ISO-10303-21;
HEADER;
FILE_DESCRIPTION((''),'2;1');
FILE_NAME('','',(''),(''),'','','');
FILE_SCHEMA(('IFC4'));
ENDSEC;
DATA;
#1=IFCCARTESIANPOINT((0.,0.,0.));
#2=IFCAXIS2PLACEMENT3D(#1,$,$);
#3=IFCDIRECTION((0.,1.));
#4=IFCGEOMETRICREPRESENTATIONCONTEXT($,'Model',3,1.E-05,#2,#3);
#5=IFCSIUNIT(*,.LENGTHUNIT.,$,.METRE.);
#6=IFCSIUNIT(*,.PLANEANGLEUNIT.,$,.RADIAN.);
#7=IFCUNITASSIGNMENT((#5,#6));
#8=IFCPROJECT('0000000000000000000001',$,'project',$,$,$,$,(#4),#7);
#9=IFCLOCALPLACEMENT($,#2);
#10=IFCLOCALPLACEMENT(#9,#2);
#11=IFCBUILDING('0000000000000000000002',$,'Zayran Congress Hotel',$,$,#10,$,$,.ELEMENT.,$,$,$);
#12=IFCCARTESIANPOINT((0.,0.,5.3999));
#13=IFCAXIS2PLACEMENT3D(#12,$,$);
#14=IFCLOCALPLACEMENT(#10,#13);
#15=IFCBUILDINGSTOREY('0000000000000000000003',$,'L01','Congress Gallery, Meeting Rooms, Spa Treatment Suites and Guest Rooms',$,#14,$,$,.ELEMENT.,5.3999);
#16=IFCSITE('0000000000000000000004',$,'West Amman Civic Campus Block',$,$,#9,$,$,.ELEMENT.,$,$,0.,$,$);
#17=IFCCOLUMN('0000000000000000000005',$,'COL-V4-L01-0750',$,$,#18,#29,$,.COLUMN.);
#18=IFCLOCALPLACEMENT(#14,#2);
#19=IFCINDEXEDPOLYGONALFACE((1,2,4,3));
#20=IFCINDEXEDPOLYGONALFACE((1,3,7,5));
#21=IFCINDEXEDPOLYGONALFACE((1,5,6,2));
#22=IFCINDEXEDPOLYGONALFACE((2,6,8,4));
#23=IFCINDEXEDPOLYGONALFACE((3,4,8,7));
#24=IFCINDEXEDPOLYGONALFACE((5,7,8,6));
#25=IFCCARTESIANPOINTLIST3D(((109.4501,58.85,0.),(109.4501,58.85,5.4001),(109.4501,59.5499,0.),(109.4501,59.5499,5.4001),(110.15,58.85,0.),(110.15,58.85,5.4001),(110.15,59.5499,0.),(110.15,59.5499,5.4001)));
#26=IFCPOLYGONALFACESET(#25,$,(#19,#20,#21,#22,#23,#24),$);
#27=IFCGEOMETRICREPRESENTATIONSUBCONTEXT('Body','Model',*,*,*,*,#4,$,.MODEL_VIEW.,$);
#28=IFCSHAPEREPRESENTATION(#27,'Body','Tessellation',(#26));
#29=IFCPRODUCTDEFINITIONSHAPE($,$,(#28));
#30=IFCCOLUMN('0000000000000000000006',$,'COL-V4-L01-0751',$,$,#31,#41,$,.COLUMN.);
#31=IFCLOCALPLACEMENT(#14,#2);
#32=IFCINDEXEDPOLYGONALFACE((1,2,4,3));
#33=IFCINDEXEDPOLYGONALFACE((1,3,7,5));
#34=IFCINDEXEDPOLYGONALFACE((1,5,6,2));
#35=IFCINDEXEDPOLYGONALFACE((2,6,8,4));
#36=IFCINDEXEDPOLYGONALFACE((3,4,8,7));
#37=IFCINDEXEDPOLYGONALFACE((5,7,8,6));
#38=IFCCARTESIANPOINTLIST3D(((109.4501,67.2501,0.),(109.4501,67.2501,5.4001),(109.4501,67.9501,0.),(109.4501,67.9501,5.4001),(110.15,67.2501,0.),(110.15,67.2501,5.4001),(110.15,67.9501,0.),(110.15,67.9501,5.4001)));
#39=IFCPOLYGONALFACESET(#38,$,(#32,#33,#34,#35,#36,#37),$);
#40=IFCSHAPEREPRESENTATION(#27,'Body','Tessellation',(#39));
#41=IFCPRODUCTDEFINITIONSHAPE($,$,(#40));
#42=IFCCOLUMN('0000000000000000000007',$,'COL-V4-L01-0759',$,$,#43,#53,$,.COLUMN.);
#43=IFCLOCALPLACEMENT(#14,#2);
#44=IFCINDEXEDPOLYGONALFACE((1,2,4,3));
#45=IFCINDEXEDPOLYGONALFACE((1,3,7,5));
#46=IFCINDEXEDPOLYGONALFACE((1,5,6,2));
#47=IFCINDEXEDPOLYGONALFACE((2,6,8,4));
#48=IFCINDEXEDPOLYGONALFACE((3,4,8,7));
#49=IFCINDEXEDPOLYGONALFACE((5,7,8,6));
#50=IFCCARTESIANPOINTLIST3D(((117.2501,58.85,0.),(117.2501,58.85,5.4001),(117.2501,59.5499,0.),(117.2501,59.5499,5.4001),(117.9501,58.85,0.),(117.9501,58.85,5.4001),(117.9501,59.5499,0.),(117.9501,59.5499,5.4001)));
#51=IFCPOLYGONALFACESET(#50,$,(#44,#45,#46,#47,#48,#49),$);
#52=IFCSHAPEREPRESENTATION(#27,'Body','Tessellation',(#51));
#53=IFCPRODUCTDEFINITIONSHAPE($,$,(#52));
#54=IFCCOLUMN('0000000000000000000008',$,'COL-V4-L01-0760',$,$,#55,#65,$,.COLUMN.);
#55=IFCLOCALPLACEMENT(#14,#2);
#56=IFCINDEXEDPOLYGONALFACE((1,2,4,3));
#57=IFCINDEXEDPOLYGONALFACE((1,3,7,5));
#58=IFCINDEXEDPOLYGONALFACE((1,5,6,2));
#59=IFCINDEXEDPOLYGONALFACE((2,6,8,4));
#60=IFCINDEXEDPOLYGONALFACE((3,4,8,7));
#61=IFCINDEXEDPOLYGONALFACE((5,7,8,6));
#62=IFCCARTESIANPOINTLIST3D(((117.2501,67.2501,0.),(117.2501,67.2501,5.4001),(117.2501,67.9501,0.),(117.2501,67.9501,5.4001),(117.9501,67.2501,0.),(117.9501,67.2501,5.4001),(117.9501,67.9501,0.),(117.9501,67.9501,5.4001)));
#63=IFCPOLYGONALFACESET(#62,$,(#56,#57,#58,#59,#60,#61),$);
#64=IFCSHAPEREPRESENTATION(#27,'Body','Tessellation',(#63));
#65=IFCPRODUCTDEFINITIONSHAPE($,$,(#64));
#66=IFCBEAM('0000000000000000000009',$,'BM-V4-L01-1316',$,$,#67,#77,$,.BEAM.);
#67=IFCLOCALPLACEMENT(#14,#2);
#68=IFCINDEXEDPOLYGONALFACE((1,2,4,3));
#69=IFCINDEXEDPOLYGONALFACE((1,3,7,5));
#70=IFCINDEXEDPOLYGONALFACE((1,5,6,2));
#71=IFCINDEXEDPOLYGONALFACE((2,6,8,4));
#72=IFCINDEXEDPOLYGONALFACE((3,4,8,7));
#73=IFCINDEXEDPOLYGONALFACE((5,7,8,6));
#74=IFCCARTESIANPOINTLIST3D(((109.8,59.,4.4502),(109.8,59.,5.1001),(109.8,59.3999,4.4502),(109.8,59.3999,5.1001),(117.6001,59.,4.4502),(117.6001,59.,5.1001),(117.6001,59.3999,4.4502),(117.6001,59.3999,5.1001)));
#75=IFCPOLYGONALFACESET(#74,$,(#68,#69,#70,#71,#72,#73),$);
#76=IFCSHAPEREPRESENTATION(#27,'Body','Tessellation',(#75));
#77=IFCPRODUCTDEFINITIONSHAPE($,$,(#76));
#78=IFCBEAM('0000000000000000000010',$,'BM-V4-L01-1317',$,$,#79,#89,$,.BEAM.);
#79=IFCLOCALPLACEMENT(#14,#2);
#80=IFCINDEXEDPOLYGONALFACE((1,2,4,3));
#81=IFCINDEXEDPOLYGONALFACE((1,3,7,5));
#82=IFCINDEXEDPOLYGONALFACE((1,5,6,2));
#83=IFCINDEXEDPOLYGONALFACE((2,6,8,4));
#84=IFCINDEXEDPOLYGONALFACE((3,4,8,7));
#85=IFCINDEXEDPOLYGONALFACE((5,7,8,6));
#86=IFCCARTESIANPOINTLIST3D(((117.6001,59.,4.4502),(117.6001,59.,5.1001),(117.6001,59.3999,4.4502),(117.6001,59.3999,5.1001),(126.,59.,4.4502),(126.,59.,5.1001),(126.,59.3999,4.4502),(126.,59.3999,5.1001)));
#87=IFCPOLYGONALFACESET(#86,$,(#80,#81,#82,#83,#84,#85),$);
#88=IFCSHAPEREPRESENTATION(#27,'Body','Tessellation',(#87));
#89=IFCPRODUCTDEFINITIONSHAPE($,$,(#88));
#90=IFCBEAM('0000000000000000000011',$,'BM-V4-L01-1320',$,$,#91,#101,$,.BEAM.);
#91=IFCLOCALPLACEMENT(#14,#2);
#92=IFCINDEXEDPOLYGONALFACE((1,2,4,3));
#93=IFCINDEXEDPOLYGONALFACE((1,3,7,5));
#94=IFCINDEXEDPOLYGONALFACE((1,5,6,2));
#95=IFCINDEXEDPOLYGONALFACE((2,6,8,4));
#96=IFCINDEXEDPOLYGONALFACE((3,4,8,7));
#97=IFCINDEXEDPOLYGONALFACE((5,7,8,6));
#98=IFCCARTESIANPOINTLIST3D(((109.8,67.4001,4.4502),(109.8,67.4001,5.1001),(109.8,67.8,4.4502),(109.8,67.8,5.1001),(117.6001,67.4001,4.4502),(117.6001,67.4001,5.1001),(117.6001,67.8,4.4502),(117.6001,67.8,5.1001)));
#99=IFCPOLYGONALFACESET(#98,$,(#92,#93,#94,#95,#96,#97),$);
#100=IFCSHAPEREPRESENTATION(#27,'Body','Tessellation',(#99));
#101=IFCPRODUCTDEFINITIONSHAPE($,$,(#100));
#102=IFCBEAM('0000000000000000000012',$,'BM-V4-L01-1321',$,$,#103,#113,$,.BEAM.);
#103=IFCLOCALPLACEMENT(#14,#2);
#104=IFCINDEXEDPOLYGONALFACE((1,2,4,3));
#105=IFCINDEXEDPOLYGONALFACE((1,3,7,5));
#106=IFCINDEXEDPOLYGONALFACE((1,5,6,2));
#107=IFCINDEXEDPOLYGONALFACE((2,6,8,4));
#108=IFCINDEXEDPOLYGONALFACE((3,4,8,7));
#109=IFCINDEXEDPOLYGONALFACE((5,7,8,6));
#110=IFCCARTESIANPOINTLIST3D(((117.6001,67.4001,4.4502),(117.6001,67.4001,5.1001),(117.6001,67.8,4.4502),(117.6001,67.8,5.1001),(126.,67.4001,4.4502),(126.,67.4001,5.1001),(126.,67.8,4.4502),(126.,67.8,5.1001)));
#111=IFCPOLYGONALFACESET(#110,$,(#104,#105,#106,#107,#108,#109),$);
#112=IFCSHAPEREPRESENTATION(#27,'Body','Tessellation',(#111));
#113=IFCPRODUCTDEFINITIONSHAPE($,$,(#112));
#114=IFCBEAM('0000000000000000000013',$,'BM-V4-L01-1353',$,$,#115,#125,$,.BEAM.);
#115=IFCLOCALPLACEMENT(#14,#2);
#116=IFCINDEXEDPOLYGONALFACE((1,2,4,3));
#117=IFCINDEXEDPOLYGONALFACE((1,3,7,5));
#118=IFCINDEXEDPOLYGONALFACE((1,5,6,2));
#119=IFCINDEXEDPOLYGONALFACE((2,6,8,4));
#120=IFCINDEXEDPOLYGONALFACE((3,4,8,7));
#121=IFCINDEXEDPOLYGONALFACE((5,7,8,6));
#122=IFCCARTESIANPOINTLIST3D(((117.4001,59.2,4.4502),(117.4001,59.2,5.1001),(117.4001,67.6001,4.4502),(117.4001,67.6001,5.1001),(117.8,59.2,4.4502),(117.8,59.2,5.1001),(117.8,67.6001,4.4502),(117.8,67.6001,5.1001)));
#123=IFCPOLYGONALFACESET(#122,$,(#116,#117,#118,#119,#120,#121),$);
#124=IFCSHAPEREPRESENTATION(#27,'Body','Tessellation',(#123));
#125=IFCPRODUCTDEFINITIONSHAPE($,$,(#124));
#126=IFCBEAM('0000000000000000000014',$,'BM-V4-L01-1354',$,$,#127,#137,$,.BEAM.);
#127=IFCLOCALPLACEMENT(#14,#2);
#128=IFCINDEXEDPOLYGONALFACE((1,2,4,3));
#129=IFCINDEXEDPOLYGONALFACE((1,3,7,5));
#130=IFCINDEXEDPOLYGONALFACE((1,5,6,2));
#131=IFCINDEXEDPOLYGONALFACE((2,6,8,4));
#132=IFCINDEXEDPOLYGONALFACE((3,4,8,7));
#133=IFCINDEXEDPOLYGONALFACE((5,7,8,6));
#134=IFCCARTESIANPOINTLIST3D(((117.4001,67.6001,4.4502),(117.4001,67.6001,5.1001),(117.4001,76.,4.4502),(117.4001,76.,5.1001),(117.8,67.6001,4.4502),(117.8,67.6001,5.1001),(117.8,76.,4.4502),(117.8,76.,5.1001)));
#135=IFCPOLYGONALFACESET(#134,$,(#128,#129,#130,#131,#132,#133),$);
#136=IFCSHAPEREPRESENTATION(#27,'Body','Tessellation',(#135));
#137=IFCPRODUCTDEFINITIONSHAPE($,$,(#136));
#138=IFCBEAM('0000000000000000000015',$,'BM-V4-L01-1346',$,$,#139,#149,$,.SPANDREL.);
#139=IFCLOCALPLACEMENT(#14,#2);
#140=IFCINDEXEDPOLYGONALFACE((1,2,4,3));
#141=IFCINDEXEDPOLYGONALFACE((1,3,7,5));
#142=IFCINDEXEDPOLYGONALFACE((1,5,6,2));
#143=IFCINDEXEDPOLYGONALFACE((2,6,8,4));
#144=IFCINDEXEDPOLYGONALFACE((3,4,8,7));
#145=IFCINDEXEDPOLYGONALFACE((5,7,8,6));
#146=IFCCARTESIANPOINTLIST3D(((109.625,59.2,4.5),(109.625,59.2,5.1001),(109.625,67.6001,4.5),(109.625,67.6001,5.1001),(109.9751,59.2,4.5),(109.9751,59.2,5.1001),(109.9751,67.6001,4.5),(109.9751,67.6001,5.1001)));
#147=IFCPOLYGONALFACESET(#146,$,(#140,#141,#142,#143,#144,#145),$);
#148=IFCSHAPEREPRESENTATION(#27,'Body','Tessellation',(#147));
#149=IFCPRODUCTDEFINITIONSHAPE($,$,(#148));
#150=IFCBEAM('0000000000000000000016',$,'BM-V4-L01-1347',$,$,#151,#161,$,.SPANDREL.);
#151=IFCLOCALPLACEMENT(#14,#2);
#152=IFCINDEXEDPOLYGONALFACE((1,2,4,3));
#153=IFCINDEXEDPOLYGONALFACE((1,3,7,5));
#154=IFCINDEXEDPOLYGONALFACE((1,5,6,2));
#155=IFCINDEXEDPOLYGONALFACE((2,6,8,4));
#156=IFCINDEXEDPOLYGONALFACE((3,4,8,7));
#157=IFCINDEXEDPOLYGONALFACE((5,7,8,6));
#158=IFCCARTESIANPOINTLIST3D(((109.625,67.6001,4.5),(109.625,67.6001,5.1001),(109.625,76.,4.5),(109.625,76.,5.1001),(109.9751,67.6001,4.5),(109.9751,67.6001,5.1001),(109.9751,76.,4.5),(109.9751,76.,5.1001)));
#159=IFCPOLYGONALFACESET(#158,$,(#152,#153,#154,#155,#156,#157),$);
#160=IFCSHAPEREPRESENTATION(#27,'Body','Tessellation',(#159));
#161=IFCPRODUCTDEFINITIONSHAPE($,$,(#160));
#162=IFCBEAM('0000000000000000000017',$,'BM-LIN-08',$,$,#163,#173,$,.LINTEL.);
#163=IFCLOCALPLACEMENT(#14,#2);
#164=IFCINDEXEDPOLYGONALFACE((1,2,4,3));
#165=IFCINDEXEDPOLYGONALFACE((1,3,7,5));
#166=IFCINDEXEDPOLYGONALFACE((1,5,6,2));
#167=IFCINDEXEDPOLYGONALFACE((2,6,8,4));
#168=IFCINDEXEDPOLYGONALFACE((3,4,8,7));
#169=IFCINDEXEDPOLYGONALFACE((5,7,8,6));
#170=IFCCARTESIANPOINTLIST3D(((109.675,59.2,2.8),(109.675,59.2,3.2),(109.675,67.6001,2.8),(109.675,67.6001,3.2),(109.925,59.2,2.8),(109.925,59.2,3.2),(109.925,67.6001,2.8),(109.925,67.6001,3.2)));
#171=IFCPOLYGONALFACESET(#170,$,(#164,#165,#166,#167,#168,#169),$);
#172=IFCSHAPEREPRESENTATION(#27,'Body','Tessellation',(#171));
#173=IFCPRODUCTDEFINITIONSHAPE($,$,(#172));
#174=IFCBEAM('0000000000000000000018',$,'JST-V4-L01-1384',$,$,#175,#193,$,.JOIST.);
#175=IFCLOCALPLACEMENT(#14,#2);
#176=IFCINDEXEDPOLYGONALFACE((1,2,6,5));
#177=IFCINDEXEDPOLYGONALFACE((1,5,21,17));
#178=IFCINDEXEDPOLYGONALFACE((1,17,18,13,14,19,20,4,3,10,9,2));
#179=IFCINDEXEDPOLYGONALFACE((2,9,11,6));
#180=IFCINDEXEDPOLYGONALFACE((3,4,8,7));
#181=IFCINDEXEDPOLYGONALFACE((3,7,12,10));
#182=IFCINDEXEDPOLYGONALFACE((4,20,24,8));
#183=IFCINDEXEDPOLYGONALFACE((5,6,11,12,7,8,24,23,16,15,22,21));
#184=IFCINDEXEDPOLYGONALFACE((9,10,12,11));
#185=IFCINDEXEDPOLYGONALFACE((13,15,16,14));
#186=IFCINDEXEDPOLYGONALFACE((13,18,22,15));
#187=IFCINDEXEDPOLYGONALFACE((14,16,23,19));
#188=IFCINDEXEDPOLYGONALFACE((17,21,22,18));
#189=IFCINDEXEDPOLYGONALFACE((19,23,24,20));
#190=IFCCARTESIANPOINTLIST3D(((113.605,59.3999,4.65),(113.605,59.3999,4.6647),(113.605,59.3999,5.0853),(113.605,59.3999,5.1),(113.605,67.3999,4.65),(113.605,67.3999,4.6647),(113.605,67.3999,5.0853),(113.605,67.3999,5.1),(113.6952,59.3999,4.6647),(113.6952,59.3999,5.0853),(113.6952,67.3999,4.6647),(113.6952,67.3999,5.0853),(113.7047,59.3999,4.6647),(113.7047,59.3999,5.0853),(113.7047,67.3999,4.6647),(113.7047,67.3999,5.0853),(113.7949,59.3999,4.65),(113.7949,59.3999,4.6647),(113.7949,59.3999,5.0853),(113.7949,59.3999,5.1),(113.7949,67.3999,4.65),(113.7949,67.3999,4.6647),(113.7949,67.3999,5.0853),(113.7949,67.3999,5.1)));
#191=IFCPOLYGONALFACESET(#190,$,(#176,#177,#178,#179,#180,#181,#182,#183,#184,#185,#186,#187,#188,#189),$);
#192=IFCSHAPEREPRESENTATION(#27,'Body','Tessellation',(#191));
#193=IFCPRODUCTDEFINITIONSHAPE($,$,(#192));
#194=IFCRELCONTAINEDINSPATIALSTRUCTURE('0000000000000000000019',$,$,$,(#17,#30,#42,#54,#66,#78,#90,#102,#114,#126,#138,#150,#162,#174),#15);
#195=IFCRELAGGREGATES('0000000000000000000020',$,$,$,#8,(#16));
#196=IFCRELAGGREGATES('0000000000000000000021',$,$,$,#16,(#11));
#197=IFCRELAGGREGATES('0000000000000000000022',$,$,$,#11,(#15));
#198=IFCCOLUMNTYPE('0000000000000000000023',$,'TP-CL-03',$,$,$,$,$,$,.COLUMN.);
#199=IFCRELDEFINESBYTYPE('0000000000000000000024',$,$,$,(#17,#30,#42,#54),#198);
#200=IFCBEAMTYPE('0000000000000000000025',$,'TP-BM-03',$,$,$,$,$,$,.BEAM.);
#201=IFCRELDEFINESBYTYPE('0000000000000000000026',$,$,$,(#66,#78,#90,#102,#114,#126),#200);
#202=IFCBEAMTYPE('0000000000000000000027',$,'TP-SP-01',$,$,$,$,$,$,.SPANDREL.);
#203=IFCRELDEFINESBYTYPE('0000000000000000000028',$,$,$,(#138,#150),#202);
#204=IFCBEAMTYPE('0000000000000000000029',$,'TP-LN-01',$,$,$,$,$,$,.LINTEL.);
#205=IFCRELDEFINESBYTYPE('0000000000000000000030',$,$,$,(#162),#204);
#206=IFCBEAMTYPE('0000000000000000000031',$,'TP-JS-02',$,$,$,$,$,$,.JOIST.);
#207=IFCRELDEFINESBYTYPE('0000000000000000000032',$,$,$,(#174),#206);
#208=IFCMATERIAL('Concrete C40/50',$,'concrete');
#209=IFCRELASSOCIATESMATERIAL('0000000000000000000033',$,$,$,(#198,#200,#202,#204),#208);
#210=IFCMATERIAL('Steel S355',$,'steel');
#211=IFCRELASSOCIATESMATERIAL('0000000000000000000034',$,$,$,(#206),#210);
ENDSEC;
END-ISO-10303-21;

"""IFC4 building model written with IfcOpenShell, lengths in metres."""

from ifc_helpers import new_model, si_unit, direction, frame, origin, origin_2d, place, context, subcontext, project, spatial, rectangle, i_section, extrude, material, material_profile, profile_set, type_object, element, save


model = new_model("IFC4")

# Units and contexts
model_context = context("Model", 3, precision=1e-05, world=origin(), true_north=direction((0.0, 1.0)))
body_context = subcontext(model_context, "Body", "Model", "MODEL_VIEW")
ifc_project = project(units=[si_unit("LENGTHUNIT", "METRE"), si_unit("PLANEANGLEUNIT", "RADIAN")], contexts=[model_context])

# Site, building, storey
site_placement = place(None, origin())
site = spatial("IfcSite", under=ifc_project, at=site_placement, Name="West Amman Civic Campus Block", CompositionType="ELEMENT", RefElevation=0.0)
building_placement = place(site_placement, origin())
building = spatial("IfcBuilding", under=site, at=building_placement, Name="Zayran Congress Hotel", CompositionType="ELEMENT")
storey_placement = place(building_placement, frame((0.0, 0.0, 5.3999)))
storey = spatial("IfcBuildingStorey", under=building, at=storey_placement, Name="L01", Description="Congress Gallery, Meeting Rooms, Spa Treatment Suites and Guest Rooms", CompositionType="ELEMENT", Elevation=5.3999)

# Columns
ifc_material_1 = material(Name="Concrete C40/50", Category="concrete")
ifc_material_profile_1 = material_profile(ifc_material_1, rectangle(XDim=0.7, YDim=0.7, at=origin_2d()), Name="RC 700x700")
ifc_profile_set_1 = profile_set([ifc_material_profile_1], Name="Concrete C40/50")
column_type = type_object("IfcColumnType", Name="TP-CL-03", PredefinedType="COLUMN", material=ifc_profile_set_1)
for number, where, z_axis, x_axis, name in (
    (1, (109.8, 59.2, 0.0), (0.0, 0.0, 1.0), (1.0, 0.0, 0.0), "COL-V4-L01-0750"),
    (2, (109.8, 67.6001, 0.0), (0.0, 0.0, 1.0), (1.0, 0.0, 0.0), "COL-V4-L01-0751"),
    (3, (117.6001, 59.2, 0.0), (0.0, 0.0, 1.0), (1.0, 0.0, 0.0), "COL-V4-L01-0759"),
    (4, (117.6001, 67.6001, 0.0), (0.0, 0.0, 1.0), (1.0, 0.0, 0.0), "COL-V4-L01-0760"),
):
    element("IfcColumn", number, at=place(storey_placement, frame(where, z_axis=z_axis, x_axis=x_axis)), inside=storey, type_object=column_type, Name=name, PredefinedType="COLUMN", context=body_context, shape_type="SweptSolid", body=[
        extrude(rectangle(XDim=0.7, YDim=0.7, at=origin_2d()), origin(), (0.0, 0.0, 1.0), 5.4001),
    ])

# Beams
ifc_material_profile_2 = material_profile(ifc_material_1, rectangle(XDim=0.3999, YDim=0.6499, at=origin_2d()), Name="RC 400x650")
ifc_profile_set_2 = profile_set([ifc_material_profile_2], Name="Concrete C40/50")
beam_type_1 = type_object("IfcBeamType", Name="TP-BM-03", PredefinedType="BEAM", material=ifc_profile_set_2)
beam_1_placement = place(storey_placement, frame((109.8, 59.2, 4.7751), z_axis=(1.0, 0.0, 0.0), x_axis=(0.0, 1.0, 0.0)))
element("IfcBeam", 5, at=beam_1_placement, inside=storey, type_object=beam_type_1, Name="BM-V4-L01-1316", PredefinedType="BEAM", context=body_context, shape_type="SweptSolid", body=[
    extrude(rectangle(XDim=0.3999, YDim=0.6499, at=origin_2d()), origin(), (0.0, 0.0, 1.0), 7.8),
])
beam_2_placement = place(storey_placement, frame((117.6001, 59.2, 4.7751), z_axis=(1.0, 0.0, 0.0), x_axis=(0.0, 1.0, 0.0)))
element("IfcBeam", 6, at=beam_2_placement, inside=storey, type_object=beam_type_1, Name="BM-V4-L01-1317", PredefinedType="BEAM", context=body_context, shape_type="SweptSolid", body=[
    extrude(rectangle(XDim=0.3999, YDim=0.6499, at=origin_2d()), origin(), (0.0, 0.0, 1.0), 8.3999),
])
beam_3_placement = place(storey_placement, frame((109.8, 67.6001, 4.7751), z_axis=(1.0, 0.0, 0.0), x_axis=(0.0, 1.0, 0.0)))
element("IfcBeam", 7, at=beam_3_placement, inside=storey, type_object=beam_type_1, Name="BM-V4-L01-1320", PredefinedType="BEAM", context=body_context, shape_type="SweptSolid", body=[
    extrude(rectangle(XDim=0.3999, YDim=0.6499, at=origin_2d()), origin(), (0.0, 0.0, 1.0), 7.8),
])
beam_4_placement = place(storey_placement, frame((117.6001, 67.6001, 4.7751), z_axis=(1.0, 0.0, 0.0), x_axis=(0.0, 1.0, 0.0)))
element("IfcBeam", 8, at=beam_4_placement, inside=storey, type_object=beam_type_1, Name="BM-V4-L01-1321", PredefinedType="BEAM", context=body_context, shape_type="SweptSolid", body=[
    extrude(rectangle(XDim=0.3999, YDim=0.6499, at=origin_2d()), origin(), (0.0, 0.0, 1.0), 8.3999),
])
beam_5_placement = place(storey_placement, frame((117.6001, 59.2, 4.7751), z_axis=(0.0, 1.0, 0.0), x_axis=(-1.0, 0.0, 0.0)))
element("IfcBeam", 9, at=beam_5_placement, inside=storey, type_object=beam_type_1, Name="BM-V4-L01-1353", PredefinedType="BEAM", context=body_context, shape_type="SweptSolid", body=[
    extrude(rectangle(XDim=0.3999, YDim=0.6499, at=origin_2d()), origin(), (0.0, 0.0, 1.0), 8.4001),
])
beam_6_placement = place(storey_placement, frame((117.6001, 67.6001, 4.7751), z_axis=(0.0, 1.0, 0.0), x_axis=(-1.0, 0.0, 0.0)))
element("IfcBeam", 10, at=beam_6_placement, inside=storey, type_object=beam_type_1, Name="BM-V4-L01-1354", PredefinedType="BEAM", context=body_context, shape_type="SweptSolid", body=[
    extrude(rectangle(XDim=0.3999, YDim=0.6499, at=origin_2d()), origin(), (0.0, 0.0, 1.0), 8.3999),
])
ifc_material_profile_3 = material_profile(ifc_material_1, rectangle(XDim=0.3501, YDim=0.6001, at=origin_2d()), Name="RC 350x600")
ifc_profile_set_3 = profile_set([ifc_material_profile_3], Name="Concrete C40/50")
beam_type_2 = type_object("IfcBeamType", Name="TP-SP-01", PredefinedType="SPANDREL", material=ifc_profile_set_3)
beam_7_placement = place(storey_placement, frame((109.8, 59.2, 4.8), z_axis=(0.0, 1.0, 0.0), x_axis=(-1.0, 0.0, 0.0)))
element("IfcBeam", 11, at=beam_7_placement, inside=storey, type_object=beam_type_2, Name="BM-V4-L01-1346", PredefinedType="SPANDREL", context=body_context, shape_type="SweptSolid", body=[
    extrude(rectangle(XDim=0.3501, YDim=0.6001, at=origin_2d()), origin(), (0.0, 0.0, 1.0), 8.4001),
])
beam_8_placement = place(storey_placement, frame((109.8, 67.6001, 4.8), z_axis=(0.0, 1.0, 0.0), x_axis=(-1.0, 0.0, 0.0)))
element("IfcBeam", 12, at=beam_8_placement, inside=storey, type_object=beam_type_2, Name="BM-V4-L01-1347", PredefinedType="SPANDREL", context=body_context, shape_type="SweptSolid", body=[
    extrude(rectangle(XDim=0.3501, YDim=0.6001, at=origin_2d()), origin(), (0.0, 0.0, 1.0), 8.3999),
])
ifc_material_profile_4 = material_profile(ifc_material_1, rectangle(XDim=0.25, YDim=0.3999, at=origin_2d()), Name="RC 250x400")
ifc_profile_set_4 = profile_set([ifc_material_profile_4], Name="Concrete C40/50")
beam_type_3 = type_object("IfcBeamType", Name="TP-LN-01", PredefinedType="LINTEL", material=ifc_profile_set_4)
beam_9_placement = place(storey_placement, frame((109.8, 59.2, 3.0), z_axis=(0.0, 1.0, 0.0), x_axis=(-1.0, 0.0, 0.0)))
element("IfcBeam", 13, at=beam_9_placement, inside=storey, type_object=beam_type_3, Name="BM-LIN-08", PredefinedType="LINTEL", context=body_context, shape_type="SweptSolid", body=[
    extrude(rectangle(XDim=0.25, YDim=0.3999, at=origin_2d()), origin(), (0.0, 0.0, 1.0), 8.4001),
])
ifc_material_2 = material(Name="Steel S355", Category="steel")
ifc_material_profile_5 = material_profile(ifc_material_2, i_section(OverallWidth=0.1899, OverallDepth=0.45, WebThickness=0.0095, FlangeThickness=0.0146, at=origin_2d()), Name="IPE 450")
ifc_profile_set_5 = profile_set([ifc_material_profile_5], Name="Steel S355")
beam_type_4 = type_object("IfcBeamType", Name="TP-JS-02", PredefinedType="JOIST", material=ifc_profile_set_5)
for number, where, z_axis, x_axis, name in (
    (14, (113.7, 59.3999, 4.875), (0.0, 1.0, 0.0), (-1.0, 0.0, 0.0), "JST-V4-L01-1384"),
):
    element("IfcBeam", number, at=place(storey_placement, frame(where, z_axis=z_axis, x_axis=x_axis)), inside=storey, type_object=beam_type_4, Name=name, PredefinedType="JOIST", context=body_context, shape_type="SweptSolid", body=[
        extrude(i_section(OverallWidth=0.1899, OverallDepth=0.45, WebThickness=0.0095, FlangeThickness=0.0146, at=origin_2d()), origin(), (0.0, 0.0, 1.0), 8.0),
    ])

save(model, "model.ifc")
